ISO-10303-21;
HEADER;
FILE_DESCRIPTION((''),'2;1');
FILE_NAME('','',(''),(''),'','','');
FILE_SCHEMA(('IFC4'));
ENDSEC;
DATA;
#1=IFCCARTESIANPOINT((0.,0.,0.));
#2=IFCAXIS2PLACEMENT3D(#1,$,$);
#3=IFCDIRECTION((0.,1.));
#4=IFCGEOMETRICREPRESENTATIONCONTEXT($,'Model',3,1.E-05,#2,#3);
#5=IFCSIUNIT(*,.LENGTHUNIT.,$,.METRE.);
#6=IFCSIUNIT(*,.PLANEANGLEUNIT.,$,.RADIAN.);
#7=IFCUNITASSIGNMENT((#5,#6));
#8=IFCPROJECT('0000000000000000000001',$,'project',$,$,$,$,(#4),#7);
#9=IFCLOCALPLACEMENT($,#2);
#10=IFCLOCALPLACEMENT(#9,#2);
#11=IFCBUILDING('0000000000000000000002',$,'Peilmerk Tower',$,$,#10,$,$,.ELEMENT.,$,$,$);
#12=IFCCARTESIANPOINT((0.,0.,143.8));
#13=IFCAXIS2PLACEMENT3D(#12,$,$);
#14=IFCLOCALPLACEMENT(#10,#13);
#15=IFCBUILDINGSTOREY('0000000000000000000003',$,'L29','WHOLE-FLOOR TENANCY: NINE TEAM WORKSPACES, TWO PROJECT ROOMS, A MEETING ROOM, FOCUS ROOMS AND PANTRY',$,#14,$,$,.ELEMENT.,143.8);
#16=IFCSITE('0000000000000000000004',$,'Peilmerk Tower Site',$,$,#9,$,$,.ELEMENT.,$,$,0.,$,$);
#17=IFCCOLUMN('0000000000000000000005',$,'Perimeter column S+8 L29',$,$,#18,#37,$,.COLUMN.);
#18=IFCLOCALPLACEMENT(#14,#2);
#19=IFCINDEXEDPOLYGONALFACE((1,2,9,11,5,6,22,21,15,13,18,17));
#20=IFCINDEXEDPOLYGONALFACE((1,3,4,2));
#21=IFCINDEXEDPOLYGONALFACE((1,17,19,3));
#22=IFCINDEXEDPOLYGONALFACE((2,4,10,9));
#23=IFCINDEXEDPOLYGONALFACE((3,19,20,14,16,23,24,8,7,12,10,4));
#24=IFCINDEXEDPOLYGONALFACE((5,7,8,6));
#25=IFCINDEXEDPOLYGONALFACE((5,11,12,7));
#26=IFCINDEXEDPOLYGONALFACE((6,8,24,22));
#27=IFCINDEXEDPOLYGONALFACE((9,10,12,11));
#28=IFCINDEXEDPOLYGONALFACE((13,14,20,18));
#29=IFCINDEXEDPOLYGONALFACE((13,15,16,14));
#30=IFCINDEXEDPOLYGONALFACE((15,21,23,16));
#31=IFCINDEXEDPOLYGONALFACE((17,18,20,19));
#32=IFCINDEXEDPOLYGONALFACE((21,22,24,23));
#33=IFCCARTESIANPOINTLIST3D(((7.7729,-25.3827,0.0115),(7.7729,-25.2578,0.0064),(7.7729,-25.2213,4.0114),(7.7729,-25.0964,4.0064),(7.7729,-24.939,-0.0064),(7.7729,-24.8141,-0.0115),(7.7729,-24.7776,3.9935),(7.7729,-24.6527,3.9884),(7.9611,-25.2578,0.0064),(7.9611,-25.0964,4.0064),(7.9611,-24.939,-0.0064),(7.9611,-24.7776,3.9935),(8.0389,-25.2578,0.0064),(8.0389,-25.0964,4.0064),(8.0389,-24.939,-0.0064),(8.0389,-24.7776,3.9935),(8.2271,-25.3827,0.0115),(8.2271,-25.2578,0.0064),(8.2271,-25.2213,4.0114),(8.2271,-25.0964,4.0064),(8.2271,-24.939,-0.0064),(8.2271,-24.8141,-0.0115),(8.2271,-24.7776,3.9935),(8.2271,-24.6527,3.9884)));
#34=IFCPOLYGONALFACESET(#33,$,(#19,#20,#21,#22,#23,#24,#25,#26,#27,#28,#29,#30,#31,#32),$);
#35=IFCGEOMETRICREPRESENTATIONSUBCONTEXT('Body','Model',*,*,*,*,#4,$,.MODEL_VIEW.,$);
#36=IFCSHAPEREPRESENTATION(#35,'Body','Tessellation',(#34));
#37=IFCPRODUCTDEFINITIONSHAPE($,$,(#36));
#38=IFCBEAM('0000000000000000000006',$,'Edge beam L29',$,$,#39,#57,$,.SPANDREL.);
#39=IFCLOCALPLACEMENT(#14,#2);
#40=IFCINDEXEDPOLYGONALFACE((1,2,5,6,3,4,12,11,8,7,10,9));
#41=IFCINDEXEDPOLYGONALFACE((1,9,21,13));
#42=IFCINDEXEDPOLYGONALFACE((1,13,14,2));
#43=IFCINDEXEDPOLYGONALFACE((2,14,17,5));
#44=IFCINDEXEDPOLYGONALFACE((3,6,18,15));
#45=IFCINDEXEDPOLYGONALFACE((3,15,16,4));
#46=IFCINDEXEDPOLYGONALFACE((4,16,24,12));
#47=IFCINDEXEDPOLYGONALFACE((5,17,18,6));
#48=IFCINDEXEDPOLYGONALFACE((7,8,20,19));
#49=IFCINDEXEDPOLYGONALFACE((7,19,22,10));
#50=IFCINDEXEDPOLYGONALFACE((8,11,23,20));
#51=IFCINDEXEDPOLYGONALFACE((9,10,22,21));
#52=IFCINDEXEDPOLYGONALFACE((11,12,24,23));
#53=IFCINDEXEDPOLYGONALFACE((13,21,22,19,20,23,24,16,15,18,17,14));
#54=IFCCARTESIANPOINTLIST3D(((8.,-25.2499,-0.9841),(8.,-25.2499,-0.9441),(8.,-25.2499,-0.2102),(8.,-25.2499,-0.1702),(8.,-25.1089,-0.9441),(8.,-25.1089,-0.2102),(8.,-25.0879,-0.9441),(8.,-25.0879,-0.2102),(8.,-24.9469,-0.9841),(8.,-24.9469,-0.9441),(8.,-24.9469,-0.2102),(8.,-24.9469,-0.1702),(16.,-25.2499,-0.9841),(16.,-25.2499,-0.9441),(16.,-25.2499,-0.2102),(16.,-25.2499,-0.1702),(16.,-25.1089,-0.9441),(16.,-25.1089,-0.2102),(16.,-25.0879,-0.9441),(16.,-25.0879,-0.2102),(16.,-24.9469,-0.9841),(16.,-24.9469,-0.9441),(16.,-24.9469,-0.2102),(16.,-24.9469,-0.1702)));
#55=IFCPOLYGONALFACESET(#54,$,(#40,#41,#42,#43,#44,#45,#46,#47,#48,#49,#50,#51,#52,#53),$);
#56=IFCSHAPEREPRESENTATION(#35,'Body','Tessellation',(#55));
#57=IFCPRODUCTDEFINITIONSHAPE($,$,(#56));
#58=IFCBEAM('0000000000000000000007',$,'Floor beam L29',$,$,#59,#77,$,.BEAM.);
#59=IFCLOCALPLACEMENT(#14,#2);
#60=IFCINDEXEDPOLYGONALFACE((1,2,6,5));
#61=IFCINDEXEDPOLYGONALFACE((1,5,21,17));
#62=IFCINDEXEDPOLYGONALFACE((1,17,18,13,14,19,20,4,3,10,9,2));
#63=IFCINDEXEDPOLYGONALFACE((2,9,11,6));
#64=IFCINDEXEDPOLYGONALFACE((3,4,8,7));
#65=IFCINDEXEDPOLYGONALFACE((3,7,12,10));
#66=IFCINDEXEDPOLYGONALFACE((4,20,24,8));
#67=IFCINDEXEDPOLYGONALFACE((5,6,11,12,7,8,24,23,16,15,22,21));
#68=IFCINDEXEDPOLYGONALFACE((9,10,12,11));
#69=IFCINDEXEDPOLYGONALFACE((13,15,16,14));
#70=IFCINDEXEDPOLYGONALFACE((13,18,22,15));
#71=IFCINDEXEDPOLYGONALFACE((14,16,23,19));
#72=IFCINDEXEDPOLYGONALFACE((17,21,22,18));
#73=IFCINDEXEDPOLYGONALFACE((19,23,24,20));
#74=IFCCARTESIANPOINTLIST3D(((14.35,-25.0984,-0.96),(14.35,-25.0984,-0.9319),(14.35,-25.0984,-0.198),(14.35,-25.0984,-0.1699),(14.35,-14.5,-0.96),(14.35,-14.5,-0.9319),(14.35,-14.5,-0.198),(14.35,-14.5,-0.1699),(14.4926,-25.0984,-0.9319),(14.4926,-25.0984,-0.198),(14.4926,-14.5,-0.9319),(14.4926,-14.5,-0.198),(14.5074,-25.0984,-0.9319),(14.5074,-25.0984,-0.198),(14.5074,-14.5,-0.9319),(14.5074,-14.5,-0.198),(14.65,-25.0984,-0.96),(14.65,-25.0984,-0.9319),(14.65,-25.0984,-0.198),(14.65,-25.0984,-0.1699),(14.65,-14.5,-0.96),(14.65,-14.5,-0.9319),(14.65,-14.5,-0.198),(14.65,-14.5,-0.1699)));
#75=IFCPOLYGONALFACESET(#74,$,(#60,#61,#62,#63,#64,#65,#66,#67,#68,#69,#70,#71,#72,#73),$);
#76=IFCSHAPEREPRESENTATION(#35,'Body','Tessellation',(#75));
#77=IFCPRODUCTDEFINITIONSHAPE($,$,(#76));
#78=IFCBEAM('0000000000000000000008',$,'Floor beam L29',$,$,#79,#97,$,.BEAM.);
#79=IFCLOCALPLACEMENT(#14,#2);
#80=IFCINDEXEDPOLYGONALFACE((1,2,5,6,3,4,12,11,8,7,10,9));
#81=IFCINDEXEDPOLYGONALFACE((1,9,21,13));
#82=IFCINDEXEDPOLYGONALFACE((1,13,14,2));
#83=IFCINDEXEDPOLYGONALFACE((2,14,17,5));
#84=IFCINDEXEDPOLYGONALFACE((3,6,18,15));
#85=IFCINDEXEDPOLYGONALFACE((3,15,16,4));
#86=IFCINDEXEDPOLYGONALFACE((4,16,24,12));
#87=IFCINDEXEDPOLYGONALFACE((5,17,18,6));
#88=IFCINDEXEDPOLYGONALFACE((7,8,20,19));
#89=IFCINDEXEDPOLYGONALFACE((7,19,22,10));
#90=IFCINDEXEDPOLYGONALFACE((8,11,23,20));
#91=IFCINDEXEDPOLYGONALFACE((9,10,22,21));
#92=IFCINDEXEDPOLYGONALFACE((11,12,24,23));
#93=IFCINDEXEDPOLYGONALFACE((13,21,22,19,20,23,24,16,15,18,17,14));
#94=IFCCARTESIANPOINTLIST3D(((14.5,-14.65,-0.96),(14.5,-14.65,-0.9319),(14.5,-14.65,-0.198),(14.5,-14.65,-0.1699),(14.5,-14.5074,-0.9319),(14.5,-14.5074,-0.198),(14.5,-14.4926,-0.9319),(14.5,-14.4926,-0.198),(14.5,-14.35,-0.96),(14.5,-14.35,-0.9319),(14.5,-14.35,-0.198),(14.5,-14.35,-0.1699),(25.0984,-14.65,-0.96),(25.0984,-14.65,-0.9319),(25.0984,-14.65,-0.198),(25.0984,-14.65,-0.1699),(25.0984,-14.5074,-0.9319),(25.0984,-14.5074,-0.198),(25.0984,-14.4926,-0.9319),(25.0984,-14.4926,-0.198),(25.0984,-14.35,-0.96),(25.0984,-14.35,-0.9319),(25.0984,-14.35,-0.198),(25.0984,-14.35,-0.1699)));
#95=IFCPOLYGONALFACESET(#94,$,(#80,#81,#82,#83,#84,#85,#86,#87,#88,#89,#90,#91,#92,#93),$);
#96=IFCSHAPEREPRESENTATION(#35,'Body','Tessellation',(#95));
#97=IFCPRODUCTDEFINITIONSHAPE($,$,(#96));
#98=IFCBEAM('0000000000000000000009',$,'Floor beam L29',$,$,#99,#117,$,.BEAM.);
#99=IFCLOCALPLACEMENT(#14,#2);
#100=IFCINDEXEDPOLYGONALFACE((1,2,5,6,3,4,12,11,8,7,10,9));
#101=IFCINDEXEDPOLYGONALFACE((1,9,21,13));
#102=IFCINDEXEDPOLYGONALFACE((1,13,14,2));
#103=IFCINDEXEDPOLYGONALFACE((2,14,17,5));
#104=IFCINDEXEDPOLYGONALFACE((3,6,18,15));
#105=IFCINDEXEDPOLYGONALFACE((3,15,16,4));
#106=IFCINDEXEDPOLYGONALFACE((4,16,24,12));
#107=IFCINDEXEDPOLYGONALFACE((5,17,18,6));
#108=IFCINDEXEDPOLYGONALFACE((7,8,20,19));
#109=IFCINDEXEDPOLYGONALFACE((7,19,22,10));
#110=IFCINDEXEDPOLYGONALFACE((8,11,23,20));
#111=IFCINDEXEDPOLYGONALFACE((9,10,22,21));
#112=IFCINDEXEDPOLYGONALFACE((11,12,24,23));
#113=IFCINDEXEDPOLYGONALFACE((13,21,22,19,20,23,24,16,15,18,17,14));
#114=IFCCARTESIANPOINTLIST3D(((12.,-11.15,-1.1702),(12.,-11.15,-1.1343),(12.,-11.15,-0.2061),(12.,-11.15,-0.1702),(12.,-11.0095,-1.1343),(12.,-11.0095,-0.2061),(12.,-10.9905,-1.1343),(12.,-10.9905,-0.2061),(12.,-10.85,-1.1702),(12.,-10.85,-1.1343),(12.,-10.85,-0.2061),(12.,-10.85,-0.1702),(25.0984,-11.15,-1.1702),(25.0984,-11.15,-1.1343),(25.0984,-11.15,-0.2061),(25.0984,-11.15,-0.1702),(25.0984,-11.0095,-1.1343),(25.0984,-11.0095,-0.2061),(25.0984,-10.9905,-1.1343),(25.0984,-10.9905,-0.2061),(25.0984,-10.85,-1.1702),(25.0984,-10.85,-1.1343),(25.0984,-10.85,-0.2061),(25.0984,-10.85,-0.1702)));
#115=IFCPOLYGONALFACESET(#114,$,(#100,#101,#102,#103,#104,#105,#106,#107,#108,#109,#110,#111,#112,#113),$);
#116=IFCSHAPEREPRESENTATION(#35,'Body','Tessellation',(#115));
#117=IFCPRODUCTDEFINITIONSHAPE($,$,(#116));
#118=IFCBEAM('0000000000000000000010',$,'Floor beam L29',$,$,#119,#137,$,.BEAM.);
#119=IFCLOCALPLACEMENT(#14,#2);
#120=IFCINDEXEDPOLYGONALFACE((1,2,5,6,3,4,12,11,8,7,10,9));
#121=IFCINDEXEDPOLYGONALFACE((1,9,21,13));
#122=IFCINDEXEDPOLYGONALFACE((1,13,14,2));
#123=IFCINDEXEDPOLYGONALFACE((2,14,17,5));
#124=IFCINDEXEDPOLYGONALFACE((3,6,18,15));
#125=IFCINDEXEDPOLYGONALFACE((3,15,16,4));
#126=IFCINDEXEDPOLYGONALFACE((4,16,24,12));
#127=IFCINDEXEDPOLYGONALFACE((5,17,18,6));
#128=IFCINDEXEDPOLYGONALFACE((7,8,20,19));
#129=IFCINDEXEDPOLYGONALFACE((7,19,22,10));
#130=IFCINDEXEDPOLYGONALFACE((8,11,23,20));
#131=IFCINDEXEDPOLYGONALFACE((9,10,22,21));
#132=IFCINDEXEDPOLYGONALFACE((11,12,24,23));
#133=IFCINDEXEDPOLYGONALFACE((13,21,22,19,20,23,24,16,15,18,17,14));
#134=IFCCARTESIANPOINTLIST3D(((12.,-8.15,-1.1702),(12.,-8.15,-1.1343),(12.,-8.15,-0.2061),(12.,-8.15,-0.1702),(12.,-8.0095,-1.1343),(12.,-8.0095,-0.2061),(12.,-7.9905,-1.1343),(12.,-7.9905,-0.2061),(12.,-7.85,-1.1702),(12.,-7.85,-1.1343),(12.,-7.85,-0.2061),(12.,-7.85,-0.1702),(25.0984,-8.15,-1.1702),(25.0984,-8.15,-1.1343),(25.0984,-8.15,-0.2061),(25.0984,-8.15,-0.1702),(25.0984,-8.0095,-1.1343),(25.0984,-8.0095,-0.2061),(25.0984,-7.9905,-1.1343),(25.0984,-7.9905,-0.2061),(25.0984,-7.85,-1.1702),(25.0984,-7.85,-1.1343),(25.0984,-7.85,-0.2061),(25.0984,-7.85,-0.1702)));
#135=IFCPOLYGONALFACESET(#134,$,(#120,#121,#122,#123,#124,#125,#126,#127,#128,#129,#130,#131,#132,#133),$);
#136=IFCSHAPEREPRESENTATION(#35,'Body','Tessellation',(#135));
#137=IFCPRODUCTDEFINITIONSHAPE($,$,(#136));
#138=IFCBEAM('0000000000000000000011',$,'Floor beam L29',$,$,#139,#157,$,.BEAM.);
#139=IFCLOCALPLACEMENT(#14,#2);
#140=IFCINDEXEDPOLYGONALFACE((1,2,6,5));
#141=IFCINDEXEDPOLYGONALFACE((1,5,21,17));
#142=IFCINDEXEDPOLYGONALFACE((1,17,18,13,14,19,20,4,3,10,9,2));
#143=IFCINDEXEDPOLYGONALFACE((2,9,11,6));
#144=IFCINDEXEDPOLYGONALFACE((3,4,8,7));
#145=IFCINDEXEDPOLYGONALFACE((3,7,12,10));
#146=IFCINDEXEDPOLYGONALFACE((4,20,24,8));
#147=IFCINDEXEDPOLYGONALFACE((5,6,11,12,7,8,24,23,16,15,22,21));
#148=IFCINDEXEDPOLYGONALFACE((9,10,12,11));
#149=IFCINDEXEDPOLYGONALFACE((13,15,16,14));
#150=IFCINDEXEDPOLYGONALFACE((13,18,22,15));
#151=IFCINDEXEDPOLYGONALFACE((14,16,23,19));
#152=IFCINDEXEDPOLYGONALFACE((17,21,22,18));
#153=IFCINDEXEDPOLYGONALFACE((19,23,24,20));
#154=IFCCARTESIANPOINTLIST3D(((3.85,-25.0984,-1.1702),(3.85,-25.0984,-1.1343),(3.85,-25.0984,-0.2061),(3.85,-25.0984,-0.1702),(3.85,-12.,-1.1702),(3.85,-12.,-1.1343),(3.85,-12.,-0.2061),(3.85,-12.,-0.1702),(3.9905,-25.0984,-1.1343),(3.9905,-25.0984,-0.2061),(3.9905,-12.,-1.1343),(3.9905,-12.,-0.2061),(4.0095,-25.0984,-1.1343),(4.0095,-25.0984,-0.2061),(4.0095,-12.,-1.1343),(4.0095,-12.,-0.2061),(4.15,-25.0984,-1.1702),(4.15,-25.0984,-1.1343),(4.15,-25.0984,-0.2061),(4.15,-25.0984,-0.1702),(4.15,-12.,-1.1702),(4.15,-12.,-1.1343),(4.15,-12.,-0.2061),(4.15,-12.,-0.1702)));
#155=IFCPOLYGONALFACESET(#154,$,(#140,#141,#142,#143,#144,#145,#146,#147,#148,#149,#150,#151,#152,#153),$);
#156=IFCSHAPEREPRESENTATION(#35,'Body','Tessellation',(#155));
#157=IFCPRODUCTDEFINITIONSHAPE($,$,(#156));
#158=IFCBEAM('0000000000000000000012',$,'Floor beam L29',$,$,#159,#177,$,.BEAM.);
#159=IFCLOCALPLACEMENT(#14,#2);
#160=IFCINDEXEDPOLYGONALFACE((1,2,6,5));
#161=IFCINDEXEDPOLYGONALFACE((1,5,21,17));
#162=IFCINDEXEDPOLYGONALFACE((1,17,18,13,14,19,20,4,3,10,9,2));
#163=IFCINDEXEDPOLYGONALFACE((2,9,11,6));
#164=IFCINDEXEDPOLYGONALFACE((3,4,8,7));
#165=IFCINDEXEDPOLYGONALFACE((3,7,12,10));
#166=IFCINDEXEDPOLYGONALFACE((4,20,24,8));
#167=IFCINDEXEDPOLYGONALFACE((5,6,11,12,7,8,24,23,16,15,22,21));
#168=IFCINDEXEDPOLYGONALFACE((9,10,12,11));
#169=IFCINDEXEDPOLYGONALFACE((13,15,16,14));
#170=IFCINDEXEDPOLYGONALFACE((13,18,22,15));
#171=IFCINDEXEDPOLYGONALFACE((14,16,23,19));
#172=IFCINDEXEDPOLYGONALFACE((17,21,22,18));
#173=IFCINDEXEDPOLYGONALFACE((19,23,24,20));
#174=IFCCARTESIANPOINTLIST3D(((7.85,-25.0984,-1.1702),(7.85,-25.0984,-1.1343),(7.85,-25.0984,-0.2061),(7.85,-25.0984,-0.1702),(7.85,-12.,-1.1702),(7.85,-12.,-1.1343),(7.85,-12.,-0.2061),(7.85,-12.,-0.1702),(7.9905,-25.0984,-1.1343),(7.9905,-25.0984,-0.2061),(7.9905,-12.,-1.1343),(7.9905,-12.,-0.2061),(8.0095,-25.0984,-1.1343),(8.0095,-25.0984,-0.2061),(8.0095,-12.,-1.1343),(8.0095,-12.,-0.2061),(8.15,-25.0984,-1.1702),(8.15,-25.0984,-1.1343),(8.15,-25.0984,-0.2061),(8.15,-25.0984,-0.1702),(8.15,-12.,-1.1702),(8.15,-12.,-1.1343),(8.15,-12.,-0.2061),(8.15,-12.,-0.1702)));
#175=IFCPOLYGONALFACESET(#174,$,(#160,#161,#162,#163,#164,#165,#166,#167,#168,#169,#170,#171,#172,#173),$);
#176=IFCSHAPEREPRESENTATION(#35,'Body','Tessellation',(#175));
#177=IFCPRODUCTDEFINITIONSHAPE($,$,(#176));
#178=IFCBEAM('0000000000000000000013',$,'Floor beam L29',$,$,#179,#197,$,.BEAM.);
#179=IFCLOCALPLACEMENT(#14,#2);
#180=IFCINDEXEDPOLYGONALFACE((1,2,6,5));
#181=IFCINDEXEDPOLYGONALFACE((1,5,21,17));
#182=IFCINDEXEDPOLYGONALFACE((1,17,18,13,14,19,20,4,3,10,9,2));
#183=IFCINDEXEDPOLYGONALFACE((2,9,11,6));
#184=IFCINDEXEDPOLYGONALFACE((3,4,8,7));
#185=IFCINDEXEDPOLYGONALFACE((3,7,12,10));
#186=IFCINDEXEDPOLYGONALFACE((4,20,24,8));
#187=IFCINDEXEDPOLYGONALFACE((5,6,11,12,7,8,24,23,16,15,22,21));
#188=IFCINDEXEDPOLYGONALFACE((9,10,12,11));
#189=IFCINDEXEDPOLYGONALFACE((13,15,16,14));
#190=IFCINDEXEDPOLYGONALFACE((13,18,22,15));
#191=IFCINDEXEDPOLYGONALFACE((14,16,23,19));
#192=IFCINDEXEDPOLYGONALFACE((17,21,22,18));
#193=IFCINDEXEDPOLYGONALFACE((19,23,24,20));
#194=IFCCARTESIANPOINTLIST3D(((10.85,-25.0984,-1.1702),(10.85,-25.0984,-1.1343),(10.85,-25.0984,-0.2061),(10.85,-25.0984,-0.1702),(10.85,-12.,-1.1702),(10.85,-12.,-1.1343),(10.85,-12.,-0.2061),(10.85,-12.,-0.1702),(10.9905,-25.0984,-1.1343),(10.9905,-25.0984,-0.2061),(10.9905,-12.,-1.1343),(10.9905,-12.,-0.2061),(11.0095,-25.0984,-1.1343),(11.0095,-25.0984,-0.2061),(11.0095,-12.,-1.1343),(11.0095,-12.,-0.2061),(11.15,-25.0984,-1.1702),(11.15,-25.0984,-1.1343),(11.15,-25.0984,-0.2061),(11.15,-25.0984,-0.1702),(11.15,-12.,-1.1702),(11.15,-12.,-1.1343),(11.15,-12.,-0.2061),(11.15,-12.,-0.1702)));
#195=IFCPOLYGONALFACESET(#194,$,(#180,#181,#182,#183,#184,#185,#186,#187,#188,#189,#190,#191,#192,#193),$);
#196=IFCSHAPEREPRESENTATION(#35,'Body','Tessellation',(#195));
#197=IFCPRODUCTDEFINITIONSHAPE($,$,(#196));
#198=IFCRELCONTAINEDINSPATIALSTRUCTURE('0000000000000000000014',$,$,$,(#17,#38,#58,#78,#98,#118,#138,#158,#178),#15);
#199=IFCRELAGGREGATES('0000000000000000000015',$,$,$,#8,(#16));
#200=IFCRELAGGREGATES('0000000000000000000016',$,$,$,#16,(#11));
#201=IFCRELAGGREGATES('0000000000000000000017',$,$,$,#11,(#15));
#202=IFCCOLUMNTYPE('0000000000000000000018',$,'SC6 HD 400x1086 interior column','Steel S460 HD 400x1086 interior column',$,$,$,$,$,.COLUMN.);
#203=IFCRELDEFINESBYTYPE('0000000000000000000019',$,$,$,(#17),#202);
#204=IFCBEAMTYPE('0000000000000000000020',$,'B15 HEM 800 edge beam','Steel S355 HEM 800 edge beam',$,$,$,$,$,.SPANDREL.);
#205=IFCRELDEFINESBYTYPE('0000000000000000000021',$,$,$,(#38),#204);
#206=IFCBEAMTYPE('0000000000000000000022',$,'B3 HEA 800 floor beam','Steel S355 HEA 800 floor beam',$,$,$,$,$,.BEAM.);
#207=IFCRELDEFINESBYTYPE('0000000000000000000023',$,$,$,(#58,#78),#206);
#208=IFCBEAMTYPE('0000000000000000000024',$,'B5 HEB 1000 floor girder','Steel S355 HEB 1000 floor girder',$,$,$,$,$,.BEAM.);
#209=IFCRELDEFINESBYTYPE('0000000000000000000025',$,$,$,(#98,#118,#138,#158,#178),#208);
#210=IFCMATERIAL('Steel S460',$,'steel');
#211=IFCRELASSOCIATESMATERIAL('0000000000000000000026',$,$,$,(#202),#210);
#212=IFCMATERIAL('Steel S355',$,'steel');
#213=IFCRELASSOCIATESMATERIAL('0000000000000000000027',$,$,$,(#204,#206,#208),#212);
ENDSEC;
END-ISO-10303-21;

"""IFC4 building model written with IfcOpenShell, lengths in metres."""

from ifc_helpers import new_model, si_unit, direction, frame, origin, origin_2d, place, context, subcontext, project, spatial, i_section, extrude, material, material_profile, profile_set, type_object, element, save


model = new_model("IFC4")

# Units and contexts
model_context = context("Model", 3, precision=1e-05, world=origin(), true_north=direction((0.0, 1.0)))
body_context = subcontext(model_context, "Body", "Model", "MODEL_VIEW")
ifc_project = project(units=[si_unit("LENGTHUNIT", "METRE"), si_unit("PLANEANGLEUNIT", "RADIAN")], contexts=[model_context])

# Site, building, storey
site_placement = place(None, origin())
site = spatial("IfcSite", under=ifc_project, at=site_placement, Name="Peilmerk Tower Site", CompositionType="ELEMENT", RefElevation=0.0)
building_placement = place(site_placement, origin())
building = spatial("IfcBuilding", under=site, at=building_placement, Name="Peilmerk Tower", CompositionType="ELEMENT")
storey_placement = place(building_placement, frame((0.0, 0.0, 143.8)))
storey = spatial("IfcBuildingStorey", under=building, at=storey_placement, Name="L29", Description="WHOLE-FLOOR TENANCY: NINE TEAM WORKSPACES, TWO PROJECT ROOMS, A MEETING ROOM, FOCUS ROOMS AND PANTRY", CompositionType="ELEMENT", Elevation=143.8)

# Column
ifc_material_1 = material(Name="Steel S460", Category="steel")
ifc_material_profile_1 = material_profile(ifc_material_1, i_section(OverallWidth=0.4541, OverallDepth=0.5691, WebThickness=0.0779, FlangeThickness=0.125, at=origin_2d()), Name="HD 400x1086")
ifc_profile_set_1 = profile_set([ifc_material_profile_1], Name="Steel S460")
column_type = type_object("IfcColumnType", Name="SC6 HD 400x1086 interior column", Description="Steel S460 HD 400x1086 interior column", PredefinedType="COLUMN", material=ifc_profile_set_1)
column_placement = place(storey_placement, frame((8.0, -25.0984, 0.0), z_axis=(0.0, 0.040311, 0.999187), x_axis=(-1.0, 0.0, 0.0)))
element("IfcColumn", 1, at=column_placement, inside=storey, type_object=column_type, Name="Perimeter column S+8 L29", PredefinedType="COLUMN", context=body_context, shape_type="SweptSolid", body=[
    extrude(i_section(OverallWidth=0.4541, OverallDepth=0.5691, WebThickness=0.0779, FlangeThickness=0.125, at=origin_2d()), origin(), (0.0, 0.0, 1.0), 4.0032),
])

# Beams
ifc_material_2 = material(Name="Steel S355", Category="steel")
ifc_material_profile_2 = material_profile(ifc_material_2, i_section(OverallWidth=0.303, OverallDepth=0.814, WebThickness=0.021, FlangeThickness=0.04, at=origin_2d()), Name="HEM 800")
ifc_profile_set_2 = profile_set([ifc_material_profile_2], Name="Steel S355")
beam_type_1 = type_object("IfcBeamType", Name="B15 HEM 800 edge beam", Description="Steel S355 HEM 800 edge beam", PredefinedType="SPANDREL", material=ifc_profile_set_2)
beam_1_placement = place(storey_placement, frame((8.0, -25.0984, -0.5771), z_axis=(1.0, 0.0, 0.0), x_axis=(0.0, 1.0, 0.0)))
element("IfcBeam", 2, at=beam_1_placement, inside=storey, type_object=beam_type_1, Name="Edge beam L29", PredefinedType="SPANDREL", context=body_context, shape_type="SweptSolid", body=[
    extrude(i_section(OverallWidth=0.303, OverallDepth=0.814, WebThickness=0.021, FlangeThickness=0.04, at=origin_2d()), origin(), (0.0, 0.0, 1.0), 8.0),
])
ifc_material_profile_3 = material_profile(ifc_material_2, i_section(OverallWidth=0.3, OverallDepth=0.79, WebThickness=0.0149, FlangeThickness=0.0281, at=origin_2d()), Name="HEA 800")
ifc_profile_set_3 = profile_set([ifc_material_profile_3], Name="Steel S355")
beam_type_2 = type_object("IfcBeamType", Name="B3 HEA 800 floor beam", Description="Steel S355 HEA 800 floor beam", PredefinedType="BEAM", material=ifc_profile_set_3)
for number, where, z_axis, x_axis, name in (
    (3, (14.5, -14.5, -0.5649), (0.0, -1.0, 0.0), (1.0, 0.0, 0.0), "Floor beam L29"),
    (4, (14.5, -14.5, -0.5649), (1.0, 0.0, 0.0), (0.0, 1.0, 0.0), "Floor beam L29"),
):
    element("IfcBeam", number, at=place(storey_placement, frame(where, z_axis=z_axis, x_axis=x_axis)), inside=storey, type_object=beam_type_2, Name=name, PredefinedType="BEAM", context=body_context, shape_type="SweptSolid", body=[
        extrude(i_section(OverallWidth=0.3, OverallDepth=0.79, WebThickness=0.0149, FlangeThickness=0.0281, at=origin_2d()), origin(), (0.0, 0.0, 1.0), 10.5984),
    ])
ifc_material_profile_4 = material_profile(ifc_material_2, i_section(OverallWidth=0.3, OverallDepth=1.0, WebThickness=0.019, FlangeThickness=0.0359, at=origin_2d()), Name="HEB 1000")
ifc_profile_set_4 = profile_set([ifc_material_profile_4], Name="Steel S355")
beam_type_3 = type_object("IfcBeamType", Name="B5 HEB 1000 floor girder", Description="Steel S355 HEB 1000 floor girder", PredefinedType="BEAM", material=ifc_profile_set_4)
for number, where, z_axis, x_axis, name in (
    (5, (12.0, -11.0, -0.6702), (1.0, 0.0, 0.0), (0.0, 1.0, 0.0), "Floor beam L29"),
    (6, (12.0, -8.0, -0.6702), (1.0, 0.0, 0.0), (0.0, 1.0, 0.0), "Floor beam L29"),
    (7, (4.0, -12.0, -0.6702), (0.0, -1.0, 0.0), (1.0, 0.0, 0.0), "Floor beam L29"),
    (8, (8.0, -12.0, -0.6702), (0.0, -1.0, 0.0), (1.0, 0.0, 0.0), "Floor beam L29"),
    (9, (11.0, -12.0, -0.6702), (0.0, -1.0, 0.0), (1.0, 0.0, 0.0), "Floor beam L29"),
):
    element("IfcBeam", number, at=place(storey_placement, frame(where, z_axis=z_axis, x_axis=x_axis)), inside=storey, type_object=beam_type_3, Name=name, PredefinedType="BEAM", context=body_context, shape_type="SweptSolid", body=[
        extrude(i_section(OverallWidth=0.3, OverallDepth=1.0, WebThickness=0.019, FlangeThickness=0.0359, at=origin_2d()), origin(), (0.0, 0.0, 1.0), 13.0984),
    ])

save(model, "model.ifc")
